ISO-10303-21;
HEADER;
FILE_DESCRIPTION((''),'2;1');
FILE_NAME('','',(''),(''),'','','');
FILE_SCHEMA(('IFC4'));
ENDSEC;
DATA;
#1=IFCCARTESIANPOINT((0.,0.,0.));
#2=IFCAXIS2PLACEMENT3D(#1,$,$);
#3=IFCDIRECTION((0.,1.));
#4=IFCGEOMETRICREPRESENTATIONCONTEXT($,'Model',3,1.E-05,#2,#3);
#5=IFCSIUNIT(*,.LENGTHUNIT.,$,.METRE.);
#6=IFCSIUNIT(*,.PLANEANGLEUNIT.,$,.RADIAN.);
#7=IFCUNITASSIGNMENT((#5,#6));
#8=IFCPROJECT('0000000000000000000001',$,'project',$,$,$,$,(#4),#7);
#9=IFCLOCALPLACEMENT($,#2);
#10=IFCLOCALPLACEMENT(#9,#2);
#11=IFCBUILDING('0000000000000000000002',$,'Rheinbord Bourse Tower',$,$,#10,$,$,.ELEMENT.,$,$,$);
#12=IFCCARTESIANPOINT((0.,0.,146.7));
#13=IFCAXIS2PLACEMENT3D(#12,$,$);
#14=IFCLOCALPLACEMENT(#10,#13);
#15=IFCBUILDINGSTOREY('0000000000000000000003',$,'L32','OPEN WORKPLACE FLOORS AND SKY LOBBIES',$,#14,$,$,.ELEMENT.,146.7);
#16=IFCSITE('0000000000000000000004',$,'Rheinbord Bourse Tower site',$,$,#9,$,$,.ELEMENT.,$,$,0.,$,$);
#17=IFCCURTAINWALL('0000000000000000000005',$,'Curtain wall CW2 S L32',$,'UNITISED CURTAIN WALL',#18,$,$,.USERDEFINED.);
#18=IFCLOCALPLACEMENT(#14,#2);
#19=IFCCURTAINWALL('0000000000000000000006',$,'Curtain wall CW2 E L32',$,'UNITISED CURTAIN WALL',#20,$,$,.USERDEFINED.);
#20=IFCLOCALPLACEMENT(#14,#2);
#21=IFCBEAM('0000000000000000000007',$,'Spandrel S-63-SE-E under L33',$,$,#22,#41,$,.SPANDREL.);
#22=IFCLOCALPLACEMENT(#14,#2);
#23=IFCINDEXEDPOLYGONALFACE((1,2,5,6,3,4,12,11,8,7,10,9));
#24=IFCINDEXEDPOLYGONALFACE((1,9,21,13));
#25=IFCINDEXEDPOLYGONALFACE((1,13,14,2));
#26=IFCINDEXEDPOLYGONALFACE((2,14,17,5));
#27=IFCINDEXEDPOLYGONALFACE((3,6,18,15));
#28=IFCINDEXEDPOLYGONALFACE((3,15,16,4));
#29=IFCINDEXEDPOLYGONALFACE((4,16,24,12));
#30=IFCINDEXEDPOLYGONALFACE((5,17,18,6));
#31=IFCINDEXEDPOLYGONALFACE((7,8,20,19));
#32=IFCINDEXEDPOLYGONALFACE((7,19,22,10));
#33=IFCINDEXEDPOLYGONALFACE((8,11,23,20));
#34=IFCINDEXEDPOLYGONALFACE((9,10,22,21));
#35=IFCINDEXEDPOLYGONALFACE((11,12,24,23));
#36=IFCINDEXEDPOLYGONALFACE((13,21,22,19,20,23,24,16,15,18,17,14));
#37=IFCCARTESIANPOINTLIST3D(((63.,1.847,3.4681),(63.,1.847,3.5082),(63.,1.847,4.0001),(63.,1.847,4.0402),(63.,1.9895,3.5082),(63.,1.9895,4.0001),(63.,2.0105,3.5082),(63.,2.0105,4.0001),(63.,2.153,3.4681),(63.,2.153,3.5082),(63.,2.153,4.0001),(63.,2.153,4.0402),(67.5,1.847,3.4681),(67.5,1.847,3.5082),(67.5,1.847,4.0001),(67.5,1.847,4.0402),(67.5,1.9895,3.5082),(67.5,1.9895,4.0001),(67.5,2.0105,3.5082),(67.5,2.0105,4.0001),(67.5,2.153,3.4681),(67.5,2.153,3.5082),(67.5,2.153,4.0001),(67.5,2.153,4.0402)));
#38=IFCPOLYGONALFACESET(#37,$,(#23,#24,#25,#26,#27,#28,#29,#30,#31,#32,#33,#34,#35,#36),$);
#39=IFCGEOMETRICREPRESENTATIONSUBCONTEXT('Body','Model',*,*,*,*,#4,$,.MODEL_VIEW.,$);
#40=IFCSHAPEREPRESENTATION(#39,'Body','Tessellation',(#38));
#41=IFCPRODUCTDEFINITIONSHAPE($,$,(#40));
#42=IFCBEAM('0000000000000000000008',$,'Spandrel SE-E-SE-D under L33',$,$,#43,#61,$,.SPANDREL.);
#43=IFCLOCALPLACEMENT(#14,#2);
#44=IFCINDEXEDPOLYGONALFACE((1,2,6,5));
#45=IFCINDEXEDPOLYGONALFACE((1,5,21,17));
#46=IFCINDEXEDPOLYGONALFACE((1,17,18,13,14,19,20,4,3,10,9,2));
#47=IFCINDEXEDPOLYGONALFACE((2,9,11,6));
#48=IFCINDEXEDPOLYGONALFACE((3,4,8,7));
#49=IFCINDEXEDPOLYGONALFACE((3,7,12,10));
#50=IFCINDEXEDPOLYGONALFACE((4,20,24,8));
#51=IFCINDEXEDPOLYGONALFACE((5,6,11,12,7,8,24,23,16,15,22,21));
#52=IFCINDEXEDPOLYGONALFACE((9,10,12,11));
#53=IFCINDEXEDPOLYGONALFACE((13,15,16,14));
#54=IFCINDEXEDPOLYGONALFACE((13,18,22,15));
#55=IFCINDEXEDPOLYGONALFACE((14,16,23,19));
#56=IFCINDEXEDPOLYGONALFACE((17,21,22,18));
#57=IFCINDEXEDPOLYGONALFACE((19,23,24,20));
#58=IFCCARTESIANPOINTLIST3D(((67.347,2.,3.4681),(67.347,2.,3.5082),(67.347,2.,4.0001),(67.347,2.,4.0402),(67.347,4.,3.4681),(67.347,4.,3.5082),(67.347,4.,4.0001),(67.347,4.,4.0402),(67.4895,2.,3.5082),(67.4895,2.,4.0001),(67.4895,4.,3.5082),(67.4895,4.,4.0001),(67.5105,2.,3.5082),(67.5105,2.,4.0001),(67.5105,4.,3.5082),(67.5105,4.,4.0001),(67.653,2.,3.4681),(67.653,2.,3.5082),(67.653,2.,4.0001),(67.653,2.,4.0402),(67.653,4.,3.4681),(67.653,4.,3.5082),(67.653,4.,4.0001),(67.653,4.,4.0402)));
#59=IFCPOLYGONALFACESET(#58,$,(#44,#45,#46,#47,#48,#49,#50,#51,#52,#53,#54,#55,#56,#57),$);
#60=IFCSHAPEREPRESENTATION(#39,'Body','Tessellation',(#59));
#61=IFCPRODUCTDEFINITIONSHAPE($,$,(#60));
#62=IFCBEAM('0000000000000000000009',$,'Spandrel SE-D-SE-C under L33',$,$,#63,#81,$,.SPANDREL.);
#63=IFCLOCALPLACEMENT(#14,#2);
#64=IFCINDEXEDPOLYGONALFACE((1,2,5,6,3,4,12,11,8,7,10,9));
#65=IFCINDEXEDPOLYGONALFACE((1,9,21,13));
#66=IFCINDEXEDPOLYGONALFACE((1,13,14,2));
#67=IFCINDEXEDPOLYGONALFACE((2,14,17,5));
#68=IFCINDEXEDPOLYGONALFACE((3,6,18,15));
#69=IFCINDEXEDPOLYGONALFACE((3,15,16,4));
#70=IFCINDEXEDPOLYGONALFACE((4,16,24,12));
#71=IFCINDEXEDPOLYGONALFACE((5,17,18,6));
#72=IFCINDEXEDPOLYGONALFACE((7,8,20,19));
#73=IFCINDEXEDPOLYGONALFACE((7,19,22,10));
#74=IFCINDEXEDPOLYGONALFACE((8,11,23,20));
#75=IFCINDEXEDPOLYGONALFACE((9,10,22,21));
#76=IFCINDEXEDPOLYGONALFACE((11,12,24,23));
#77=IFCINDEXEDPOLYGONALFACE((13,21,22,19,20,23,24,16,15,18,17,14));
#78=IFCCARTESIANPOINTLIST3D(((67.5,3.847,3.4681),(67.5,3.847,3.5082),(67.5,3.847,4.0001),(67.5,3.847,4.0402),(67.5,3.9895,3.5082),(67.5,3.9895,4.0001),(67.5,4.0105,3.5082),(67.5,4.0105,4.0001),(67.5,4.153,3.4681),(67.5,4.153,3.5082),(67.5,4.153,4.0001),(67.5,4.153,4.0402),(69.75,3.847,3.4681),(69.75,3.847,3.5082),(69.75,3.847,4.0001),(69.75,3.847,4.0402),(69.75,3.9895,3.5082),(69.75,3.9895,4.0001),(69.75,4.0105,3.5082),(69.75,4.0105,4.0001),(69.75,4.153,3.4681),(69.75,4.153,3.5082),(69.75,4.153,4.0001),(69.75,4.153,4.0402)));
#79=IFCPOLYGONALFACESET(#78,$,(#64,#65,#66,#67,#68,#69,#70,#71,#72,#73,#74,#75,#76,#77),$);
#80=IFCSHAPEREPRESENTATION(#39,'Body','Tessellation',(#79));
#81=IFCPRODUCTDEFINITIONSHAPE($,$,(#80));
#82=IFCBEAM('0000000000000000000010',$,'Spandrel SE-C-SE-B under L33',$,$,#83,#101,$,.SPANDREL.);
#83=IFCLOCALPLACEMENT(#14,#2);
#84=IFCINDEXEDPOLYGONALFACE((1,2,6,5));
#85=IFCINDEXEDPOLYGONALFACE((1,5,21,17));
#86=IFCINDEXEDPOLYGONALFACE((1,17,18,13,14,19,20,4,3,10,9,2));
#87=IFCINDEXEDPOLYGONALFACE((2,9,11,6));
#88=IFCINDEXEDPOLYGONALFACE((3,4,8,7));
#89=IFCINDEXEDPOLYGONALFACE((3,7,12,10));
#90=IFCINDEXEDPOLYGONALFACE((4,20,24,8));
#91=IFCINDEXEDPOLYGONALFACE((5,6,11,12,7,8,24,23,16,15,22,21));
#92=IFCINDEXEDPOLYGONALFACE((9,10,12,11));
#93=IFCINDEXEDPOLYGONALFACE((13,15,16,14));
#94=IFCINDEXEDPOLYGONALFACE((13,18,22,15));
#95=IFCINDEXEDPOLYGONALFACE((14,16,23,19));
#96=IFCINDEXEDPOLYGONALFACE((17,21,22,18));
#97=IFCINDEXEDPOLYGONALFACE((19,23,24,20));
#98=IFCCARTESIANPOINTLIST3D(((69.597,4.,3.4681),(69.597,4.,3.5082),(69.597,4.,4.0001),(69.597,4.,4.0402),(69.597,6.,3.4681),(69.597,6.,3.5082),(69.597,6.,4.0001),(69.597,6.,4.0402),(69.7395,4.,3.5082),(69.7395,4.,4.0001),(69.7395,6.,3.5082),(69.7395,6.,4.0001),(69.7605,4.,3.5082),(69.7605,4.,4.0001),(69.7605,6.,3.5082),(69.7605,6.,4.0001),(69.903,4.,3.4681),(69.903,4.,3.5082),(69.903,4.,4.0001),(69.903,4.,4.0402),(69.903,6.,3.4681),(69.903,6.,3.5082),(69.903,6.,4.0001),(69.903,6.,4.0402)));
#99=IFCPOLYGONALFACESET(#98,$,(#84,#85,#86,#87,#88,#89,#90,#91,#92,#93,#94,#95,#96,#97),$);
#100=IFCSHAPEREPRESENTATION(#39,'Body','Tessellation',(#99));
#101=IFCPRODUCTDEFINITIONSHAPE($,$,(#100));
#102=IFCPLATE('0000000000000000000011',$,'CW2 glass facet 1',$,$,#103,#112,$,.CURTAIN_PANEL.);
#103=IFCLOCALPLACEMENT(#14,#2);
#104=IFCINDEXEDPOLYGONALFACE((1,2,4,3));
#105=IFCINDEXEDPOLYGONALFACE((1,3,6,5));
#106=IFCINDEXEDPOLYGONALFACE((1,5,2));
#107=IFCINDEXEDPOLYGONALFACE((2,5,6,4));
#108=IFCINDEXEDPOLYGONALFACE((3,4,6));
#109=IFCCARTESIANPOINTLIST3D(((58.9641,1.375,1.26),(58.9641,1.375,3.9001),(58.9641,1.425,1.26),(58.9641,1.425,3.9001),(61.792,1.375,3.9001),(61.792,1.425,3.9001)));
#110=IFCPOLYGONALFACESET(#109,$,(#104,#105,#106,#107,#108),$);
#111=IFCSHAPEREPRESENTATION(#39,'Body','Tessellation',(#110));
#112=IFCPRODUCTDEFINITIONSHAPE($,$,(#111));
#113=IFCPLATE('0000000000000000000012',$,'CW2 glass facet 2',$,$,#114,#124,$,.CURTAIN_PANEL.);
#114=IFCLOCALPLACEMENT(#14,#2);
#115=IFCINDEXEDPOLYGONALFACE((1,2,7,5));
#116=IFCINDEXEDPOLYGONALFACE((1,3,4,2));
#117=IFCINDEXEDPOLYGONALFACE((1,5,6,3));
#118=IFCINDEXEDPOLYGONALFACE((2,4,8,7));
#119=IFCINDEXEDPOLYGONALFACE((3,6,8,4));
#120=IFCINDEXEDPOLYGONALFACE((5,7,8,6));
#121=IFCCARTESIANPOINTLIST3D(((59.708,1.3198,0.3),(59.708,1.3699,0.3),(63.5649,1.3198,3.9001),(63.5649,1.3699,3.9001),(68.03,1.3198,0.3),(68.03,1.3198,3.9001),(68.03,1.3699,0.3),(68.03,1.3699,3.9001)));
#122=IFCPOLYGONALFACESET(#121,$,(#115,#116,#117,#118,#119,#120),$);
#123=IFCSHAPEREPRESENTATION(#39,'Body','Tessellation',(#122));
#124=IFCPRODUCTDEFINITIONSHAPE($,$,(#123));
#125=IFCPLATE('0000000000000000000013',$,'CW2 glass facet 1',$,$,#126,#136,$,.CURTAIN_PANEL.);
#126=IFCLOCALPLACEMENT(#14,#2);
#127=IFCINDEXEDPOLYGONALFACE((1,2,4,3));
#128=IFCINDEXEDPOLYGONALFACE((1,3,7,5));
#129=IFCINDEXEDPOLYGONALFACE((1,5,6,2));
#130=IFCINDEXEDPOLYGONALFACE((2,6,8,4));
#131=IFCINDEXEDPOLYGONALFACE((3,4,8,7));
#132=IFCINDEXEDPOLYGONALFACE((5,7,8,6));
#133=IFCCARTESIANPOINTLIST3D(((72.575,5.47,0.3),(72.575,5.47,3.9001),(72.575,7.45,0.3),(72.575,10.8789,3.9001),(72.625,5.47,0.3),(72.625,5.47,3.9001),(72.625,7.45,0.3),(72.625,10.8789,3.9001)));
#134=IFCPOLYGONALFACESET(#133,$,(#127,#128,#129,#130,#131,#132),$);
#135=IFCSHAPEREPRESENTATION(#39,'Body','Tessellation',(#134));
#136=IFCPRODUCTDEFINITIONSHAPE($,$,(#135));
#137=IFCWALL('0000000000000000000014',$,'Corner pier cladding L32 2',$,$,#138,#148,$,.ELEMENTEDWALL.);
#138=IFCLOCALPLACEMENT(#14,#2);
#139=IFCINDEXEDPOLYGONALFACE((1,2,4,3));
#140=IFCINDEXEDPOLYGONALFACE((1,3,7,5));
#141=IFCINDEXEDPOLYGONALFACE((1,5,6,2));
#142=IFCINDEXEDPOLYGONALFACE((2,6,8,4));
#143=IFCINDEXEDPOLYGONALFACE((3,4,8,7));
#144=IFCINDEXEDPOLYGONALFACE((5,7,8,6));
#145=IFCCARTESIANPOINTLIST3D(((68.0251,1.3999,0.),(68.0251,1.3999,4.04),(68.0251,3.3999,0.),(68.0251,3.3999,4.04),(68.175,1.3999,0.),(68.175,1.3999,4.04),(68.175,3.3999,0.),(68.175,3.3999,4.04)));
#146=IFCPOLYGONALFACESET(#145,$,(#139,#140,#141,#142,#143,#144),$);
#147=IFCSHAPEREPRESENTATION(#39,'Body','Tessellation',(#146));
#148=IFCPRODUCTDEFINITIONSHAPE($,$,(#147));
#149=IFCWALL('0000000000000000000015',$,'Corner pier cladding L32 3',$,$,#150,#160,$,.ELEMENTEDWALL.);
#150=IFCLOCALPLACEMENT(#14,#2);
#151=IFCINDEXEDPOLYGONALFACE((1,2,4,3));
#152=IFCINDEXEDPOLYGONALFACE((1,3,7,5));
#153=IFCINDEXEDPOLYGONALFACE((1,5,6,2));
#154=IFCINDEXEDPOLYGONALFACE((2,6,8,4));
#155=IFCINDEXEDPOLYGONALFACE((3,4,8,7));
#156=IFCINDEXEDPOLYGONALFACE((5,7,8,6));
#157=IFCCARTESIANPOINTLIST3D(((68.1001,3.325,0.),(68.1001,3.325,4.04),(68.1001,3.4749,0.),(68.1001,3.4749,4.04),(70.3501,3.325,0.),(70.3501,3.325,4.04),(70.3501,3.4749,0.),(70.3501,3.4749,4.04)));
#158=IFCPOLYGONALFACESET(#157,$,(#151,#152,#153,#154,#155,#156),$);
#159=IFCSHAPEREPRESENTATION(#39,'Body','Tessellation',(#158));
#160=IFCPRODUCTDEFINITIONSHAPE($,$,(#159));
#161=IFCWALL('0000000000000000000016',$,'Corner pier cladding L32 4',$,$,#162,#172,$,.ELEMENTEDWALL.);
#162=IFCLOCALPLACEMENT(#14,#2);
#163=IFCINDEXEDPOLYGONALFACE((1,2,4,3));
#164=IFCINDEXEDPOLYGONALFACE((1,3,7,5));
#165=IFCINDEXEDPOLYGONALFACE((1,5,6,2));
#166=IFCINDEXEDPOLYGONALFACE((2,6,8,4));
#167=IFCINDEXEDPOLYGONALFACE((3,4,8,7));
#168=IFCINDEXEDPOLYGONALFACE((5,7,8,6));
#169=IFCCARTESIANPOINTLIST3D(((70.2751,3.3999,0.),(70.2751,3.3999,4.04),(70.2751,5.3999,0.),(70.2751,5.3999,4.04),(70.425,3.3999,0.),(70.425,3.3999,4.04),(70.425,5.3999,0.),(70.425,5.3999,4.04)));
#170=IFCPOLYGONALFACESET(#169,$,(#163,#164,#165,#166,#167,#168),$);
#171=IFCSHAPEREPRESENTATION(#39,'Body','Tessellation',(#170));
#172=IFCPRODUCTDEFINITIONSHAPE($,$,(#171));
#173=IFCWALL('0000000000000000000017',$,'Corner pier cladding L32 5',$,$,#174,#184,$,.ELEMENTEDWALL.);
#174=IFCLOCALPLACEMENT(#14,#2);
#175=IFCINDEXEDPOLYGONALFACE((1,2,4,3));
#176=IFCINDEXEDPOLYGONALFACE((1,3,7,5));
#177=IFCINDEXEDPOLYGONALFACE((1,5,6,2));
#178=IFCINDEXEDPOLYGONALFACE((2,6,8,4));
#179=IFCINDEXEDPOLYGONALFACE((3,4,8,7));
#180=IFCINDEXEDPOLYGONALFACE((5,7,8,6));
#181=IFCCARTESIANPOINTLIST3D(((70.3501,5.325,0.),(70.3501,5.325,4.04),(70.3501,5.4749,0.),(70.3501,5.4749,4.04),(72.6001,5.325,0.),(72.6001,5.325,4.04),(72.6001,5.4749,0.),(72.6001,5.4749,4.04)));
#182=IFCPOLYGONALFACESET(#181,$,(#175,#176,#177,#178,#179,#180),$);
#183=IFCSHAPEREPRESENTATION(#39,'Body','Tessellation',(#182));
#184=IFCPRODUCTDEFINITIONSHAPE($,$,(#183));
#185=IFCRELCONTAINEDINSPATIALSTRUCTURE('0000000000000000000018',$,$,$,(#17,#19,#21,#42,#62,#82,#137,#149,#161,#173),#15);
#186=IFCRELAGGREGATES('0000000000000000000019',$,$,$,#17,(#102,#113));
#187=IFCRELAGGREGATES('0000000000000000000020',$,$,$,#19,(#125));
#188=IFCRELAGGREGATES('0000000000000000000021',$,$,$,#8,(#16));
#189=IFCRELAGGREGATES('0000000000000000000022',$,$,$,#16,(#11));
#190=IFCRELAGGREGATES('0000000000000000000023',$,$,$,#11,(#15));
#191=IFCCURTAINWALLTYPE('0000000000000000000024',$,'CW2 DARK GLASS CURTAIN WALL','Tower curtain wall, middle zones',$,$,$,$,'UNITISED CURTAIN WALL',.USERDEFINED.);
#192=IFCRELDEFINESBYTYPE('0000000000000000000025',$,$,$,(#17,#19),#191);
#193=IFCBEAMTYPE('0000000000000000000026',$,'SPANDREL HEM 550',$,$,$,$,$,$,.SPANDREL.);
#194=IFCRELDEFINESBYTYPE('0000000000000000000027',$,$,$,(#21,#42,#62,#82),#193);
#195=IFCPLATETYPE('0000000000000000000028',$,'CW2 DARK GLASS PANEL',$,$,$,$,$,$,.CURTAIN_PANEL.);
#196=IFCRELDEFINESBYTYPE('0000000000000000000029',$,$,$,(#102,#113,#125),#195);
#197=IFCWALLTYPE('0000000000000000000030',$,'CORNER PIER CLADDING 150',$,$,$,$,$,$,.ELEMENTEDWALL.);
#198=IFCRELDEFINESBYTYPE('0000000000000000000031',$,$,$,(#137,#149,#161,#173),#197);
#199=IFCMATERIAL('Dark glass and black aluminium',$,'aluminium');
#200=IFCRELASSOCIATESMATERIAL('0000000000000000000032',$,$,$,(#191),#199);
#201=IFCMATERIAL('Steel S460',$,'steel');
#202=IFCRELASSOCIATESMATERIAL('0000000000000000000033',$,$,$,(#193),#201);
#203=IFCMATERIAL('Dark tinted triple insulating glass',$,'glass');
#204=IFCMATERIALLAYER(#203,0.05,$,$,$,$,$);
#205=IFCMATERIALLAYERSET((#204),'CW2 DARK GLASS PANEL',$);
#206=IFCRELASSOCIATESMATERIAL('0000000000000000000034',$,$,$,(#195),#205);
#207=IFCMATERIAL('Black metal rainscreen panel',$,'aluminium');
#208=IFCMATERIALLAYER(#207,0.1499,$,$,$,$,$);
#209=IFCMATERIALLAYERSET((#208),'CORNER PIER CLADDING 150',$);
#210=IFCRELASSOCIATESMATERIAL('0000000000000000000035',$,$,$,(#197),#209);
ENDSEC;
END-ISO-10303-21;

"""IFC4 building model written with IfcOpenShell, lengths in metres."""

from ifc_helpers import new_model, si_unit, direction, frame, frame_2d, origin, origin_2d, place, context, subcontext, project, spatial, polyline, rectangle, i_section, outline, extrude, material, layer, layer_set, material_profile, profile_set, type_object, element, aggregate, save


model = new_model("IFC4")

# Units and contexts
model_context = context("Model", 3, precision=1e-05, world=origin(), true_north=direction((0.0, 1.0)))
body_context = subcontext(model_context, "Body", "Model", "MODEL_VIEW")
ifc_project = project(units=[si_unit("LENGTHUNIT", "METRE"), si_unit("PLANEANGLEUNIT", "RADIAN")], contexts=[model_context])

# Site, building, storey
site_placement = place(None, origin())
site = spatial("IfcSite", under=ifc_project, at=site_placement, Name="Rheinbord Bourse Tower site", CompositionType="ELEMENT", RefElevation=0.0)
building_placement = place(site_placement, origin())
building = spatial("IfcBuilding", under=site, at=building_placement, Name="Rheinbord Bourse Tower", CompositionType="ELEMENT")
storey_placement = place(building_placement, frame((0.0, 0.0, 146.7)))
storey = spatial("IfcBuildingStorey", under=building, at=storey_placement, Name="L32", Description="OPEN WORKPLACE FLOORS AND SKY LOBBIES", CompositionType="ELEMENT", Elevation=146.7)

# Curtain wall
ifc_material_1 = material(Name="Dark glass and black aluminium", Category="aluminium")
curtain_wall_type = type_object("IfcCurtainWallType", Name="CW2 DARK GLASS CURTAIN WALL", Description="Tower curtain wall, middle zones", ElementType="UNITISED CURTAIN WALL", PredefinedType="USERDEFINED", material=ifc_material_1)
curtain_wall_1_placement = place(storey_placement, origin())
curtain_wall_1 = element("IfcCurtainWall", 1, at=curtain_wall_1_placement, inside=storey, type_object=curtain_wall_type, Name="Curtain wall CW2 S L32", ObjectType="UNITISED CURTAIN WALL", PredefinedType="USERDEFINED")

# Curtain wall
curtain_wall_2_placement = place(storey_placement, origin())
curtain_wall_2 = element("IfcCurtainWall", 2, at=curtain_wall_2_placement, inside=storey, type_object=curtain_wall_type, Name="Curtain wall CW2 E L32", ObjectType="UNITISED CURTAIN WALL", PredefinedType="USERDEFINED")

# Beams
ifc_material_2 = material(Name="Steel S460", Category="steel")
ifc_material_profile_1 = material_profile(ifc_material_2, i_section(OverallWidth=0.3059, OverallDepth=0.572, WebThickness=0.021, FlangeThickness=0.04, at=origin_2d()), Name="HEM 550")
ifc_profile_set_1 = profile_set([ifc_material_profile_1], Name="Steel S460")
beam_type_1 = type_object("IfcBeamType", Name="SPANDREL HEM 550", PredefinedType="SPANDREL", material=ifc_profile_set_1)
for number, where, z_axis, x_axis, name in (
    (3, (63.0, 2.0, 3.7542), (1.0, 0.0, 0.0), (0.0, 1.0, 0.0), "Spandrel S-63-SE-E under L33"),
):
    element("IfcBeam", number, at=place(storey_placement, frame(where, z_axis=z_axis, x_axis=x_axis)), inside=storey, type_object=beam_type_1, Name=name, PredefinedType="SPANDREL", context=body_context, shape_type="SweptSolid", body=[
        extrude(i_section(OverallWidth=0.3059, OverallDepth=0.572, WebThickness=0.021, FlangeThickness=0.04, at=origin_2d()), origin(), (0.0, 0.0, 1.0), 4.5),
    ])
beam_1_placement = place(storey_placement, frame((67.5, 2.0, 3.7542), z_axis=(0.0, 1.0, 0.0), x_axis=(-1.0, 0.0, 0.0)))
element("IfcBeam", 4, at=beam_1_placement, inside=storey, type_object=beam_type_1, Name="Spandrel SE-E-SE-D under L33", PredefinedType="SPANDREL", context=body_context, shape_type="SweptSolid", body=[
    extrude(i_section(OverallWidth=0.3059, OverallDepth=0.572, WebThickness=0.021, FlangeThickness=0.04, at=origin_2d()), origin(), (0.0, 0.0, 1.0), 2.0),
])
beam_2_placement = place(storey_placement, frame((67.5, 4.0, 3.7542), z_axis=(1.0, 0.0, 0.0), x_axis=(0.0, 1.0, 0.0)))
element("IfcBeam", 5, at=beam_2_placement, inside=storey, type_object=beam_type_1, Name="Spandrel SE-D-SE-C under L33", PredefinedType="SPANDREL", context=body_context, shape_type="SweptSolid", body=[
    extrude(i_section(OverallWidth=0.3059, OverallDepth=0.572, WebThickness=0.021, FlangeThickness=0.04, at=origin_2d()), origin(), (0.0, 0.0, 1.0), 2.25),
])
beam_3_placement = place(storey_placement, frame((69.75, 4.0, 3.7542), z_axis=(0.0, 1.0, 0.0), x_axis=(-1.0, 0.0, 0.0)))
element("IfcBeam", 6, at=beam_3_placement, inside=storey, type_object=beam_type_1, Name="Spandrel SE-C-SE-B under L33", PredefinedType="SPANDREL", context=body_context, shape_type="SweptSolid", body=[
    extrude(i_section(OverallWidth=0.3059, OverallDepth=0.572, WebThickness=0.021, FlangeThickness=0.04, at=origin_2d()), origin(), (0.0, 0.0, 1.0), 2.0),
])

# Plates
ifc_material_3 = material(Name="Dark tinted triple insulating glass", Category="glass")
ifc_layer_1 = layer(ifc_material_3, 0.05)
ifc_layer_set_1 = layer_set([ifc_layer_1], Name="CW2 DARK GLASS PANEL")
plate_type = type_object("IfcPlateType", Name="CW2 DARK GLASS PANEL", PredefinedType="CURTAIN_PANEL", material=ifc_layer_set_1)
plate_1_placement = place(storey_placement, frame((58.9641, 1.375, 3.9001), z_axis=(0.0, 1.0, 0.0), x_axis=(1.0, 0.0, 0.0)))
plate_1 = element("IfcPlate", 7, at=plate_1_placement, type_object=plate_type, Name="CW2 glass facet 1", PredefinedType="CURTAIN_PANEL", context=body_context, shape_type="SweptSolid", body=[
    extrude(outline(polyline([(0.0, 0.0), (2.8279, 0.0), (0.0, 2.6401), (0.0, 0.0)])), origin(), (0.0, 0.0, 1.0), 0.05),
])
plate_2_placement = place(storey_placement, frame((68.03, 1.3198, 3.9001), z_axis=(0.0, 1.0, 0.0), x_axis=(0.0, 0.0, -1.0)))
plate_2 = element("IfcPlate", 8, at=plate_2_placement, type_object=plate_type, Name="CW2 glass facet 2", PredefinedType="CURTAIN_PANEL", context=body_context, shape_type="SweptSolid", body=[
    extrude(outline(polyline([(0.0, 0.0), (3.6001, 0.0), (3.6001, 8.322), (0.0, 4.4651), (0.0, 0.0)])), origin(), (0.0, 0.0, 1.0), 0.05),
])
aggregate(curtain_wall_1, [plate_1, plate_2])
plate_3_placement = place(storey_placement, frame((72.625, 5.47, 0.3), z_axis=(-1.0, 0.0, 0.0), x_axis=(0.0, 0.0, 1.0)))
plate_3 = element("IfcPlate", 9, at=plate_3_placement, type_object=plate_type, Name="CW2 glass facet 1", PredefinedType="CURTAIN_PANEL", context=body_context, shape_type="SweptSolid", body=[
    extrude(outline(polyline([(0.0, 0.0), (3.6001, 0.0), (3.6001, 5.4089), (0.0, 1.98), (0.0, 0.0)])), origin(), (0.0, 0.0, 1.0), 0.05),
])
aggregate(curtain_wall_2, [plate_3])

# Walls
ifc_material_4 = material(Name="Black metal rainscreen panel", Category="aluminium")
ifc_layer_2 = layer(ifc_material_4, 0.1499)
ifc_layer_set_2 = layer_set([ifc_layer_2], Name="CORNER PIER CLADDING 150")
wall_type = type_object("IfcWallType", Name="CORNER PIER CLADDING 150", PredefinedType="ELEMENTEDWALL", material=ifc_layer_set_2)
wall_1_placement = place(storey_placement, frame((68.1001, 1.3999, 0.0), z_axis=(0.0, 0.0, 1.0), x_axis=(0.0, 1.0, 0.0)))
element("IfcWall", 10, at=wall_1_placement, inside=storey, type_object=wall_type, Name="Corner pier cladding L32 2", PredefinedType="ELEMENTEDWALL", context=body_context, shape_type="SweptSolid", body=[
    extrude(rectangle(XDim=2.0, YDim=0.1499, at=frame_2d((1.0, 0.0))), origin(), (0.0, 0.0, 1.0), 4.04),
])
wall_2_placement = place(storey_placement, frame((68.1001, 3.3999, 0.0), z_axis=(0.0, 0.0, 1.0), x_axis=(1.0, 0.0, 0.0)))
element("IfcWall", 11, at=wall_2_placement, inside=storey, type_object=wall_type, Name="Corner pier cladding L32 3", PredefinedType="ELEMENTEDWALL", context=body_context, shape_type="SweptSolid", body=[
    extrude(rectangle(XDim=2.25, YDim=0.1499, at=frame_2d((1.125, 0.0))), origin(), (0.0, 0.0, 1.0), 4.04),
])
wall_3_placement = place(storey_placement, frame((70.3501, 3.3999, 0.0), z_axis=(0.0, 0.0, 1.0), x_axis=(0.0, 1.0, 0.0)))
element("IfcWall", 12, at=wall_3_placement, inside=storey, type_object=wall_type, Name="Corner pier cladding L32 4", PredefinedType="ELEMENTEDWALL", context=body_context, shape_type="SweptSolid", body=[
    extrude(rectangle(XDim=2.0, YDim=0.1499, at=frame_2d((1.0, 0.0))), origin(), (0.0, 0.0, 1.0), 4.04),
])
wall_4_placement = place(storey_placement, frame((70.3501, 5.3999, 0.0), z_axis=(0.0, 0.0, 1.0), x_axis=(1.0, 0.0, 0.0)))
element("IfcWall", 13, at=wall_4_placement, inside=storey, type_object=wall_type, Name="Corner pier cladding L32 5", PredefinedType="ELEMENTEDWALL", context=body_context, shape_type="SweptSolid", body=[
    extrude(rectangle(XDim=2.25, YDim=0.1499, at=frame_2d((1.125, 0.0))), origin(), (0.0, 0.0, 1.0), 4.04),
])

save(model, "model.ifc")
